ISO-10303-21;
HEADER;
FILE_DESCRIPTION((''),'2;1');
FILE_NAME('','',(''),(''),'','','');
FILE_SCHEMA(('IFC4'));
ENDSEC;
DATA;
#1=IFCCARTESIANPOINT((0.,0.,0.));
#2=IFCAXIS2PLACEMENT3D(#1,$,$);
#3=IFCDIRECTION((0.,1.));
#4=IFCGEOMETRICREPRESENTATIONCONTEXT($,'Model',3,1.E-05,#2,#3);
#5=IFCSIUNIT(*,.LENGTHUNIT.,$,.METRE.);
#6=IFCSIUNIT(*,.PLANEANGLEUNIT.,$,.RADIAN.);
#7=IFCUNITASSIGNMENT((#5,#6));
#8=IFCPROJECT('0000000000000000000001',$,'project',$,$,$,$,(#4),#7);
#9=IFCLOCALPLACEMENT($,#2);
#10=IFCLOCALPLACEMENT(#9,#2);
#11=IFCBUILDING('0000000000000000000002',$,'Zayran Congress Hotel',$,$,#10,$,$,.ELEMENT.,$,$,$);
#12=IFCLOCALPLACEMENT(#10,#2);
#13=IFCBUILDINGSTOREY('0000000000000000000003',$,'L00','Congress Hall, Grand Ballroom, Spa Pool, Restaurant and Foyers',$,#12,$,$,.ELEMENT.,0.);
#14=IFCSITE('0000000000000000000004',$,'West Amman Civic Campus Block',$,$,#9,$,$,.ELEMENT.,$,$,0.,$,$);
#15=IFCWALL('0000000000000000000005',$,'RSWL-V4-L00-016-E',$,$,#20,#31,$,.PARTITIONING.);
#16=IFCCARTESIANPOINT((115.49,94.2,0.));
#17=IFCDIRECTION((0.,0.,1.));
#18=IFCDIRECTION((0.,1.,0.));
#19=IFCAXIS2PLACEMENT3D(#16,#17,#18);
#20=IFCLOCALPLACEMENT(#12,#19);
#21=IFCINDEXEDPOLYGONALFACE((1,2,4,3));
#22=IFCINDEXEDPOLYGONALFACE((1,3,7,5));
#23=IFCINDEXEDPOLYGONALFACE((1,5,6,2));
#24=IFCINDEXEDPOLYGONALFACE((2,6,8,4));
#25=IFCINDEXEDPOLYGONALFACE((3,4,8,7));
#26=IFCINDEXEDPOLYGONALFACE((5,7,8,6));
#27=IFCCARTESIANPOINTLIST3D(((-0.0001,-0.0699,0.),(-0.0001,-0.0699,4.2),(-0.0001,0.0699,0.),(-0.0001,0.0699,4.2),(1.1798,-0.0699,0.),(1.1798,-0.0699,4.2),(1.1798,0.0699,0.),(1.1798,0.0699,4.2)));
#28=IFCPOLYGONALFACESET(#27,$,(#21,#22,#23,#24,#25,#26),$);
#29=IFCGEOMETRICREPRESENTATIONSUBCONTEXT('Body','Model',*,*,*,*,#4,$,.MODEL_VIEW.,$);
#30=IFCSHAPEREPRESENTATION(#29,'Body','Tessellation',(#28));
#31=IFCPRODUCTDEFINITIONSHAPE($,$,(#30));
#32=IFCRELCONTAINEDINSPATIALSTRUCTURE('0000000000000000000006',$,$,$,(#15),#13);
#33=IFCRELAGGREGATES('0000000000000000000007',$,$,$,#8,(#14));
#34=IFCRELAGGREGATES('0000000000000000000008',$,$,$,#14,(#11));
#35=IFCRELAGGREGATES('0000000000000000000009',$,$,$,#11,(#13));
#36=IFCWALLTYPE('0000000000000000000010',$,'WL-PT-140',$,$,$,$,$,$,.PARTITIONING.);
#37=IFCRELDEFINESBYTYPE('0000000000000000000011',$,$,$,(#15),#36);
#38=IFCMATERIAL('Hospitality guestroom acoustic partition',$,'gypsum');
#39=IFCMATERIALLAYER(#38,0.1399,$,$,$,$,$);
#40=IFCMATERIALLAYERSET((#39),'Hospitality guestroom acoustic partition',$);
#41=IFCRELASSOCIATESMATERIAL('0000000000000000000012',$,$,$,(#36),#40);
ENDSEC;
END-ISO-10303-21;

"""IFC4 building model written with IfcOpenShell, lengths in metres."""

from ifc_helpers import new_model, si_unit, direction, frame, frame_2d, origin, place, context, subcontext, project, spatial, rectangle, extrude, material, layer, layer_set, type_object, element, save


model = new_model("IFC4")

# Units and contexts
model_context = context("Model", 3, precision=1e-05, world=origin(), true_north=direction((0.0, 1.0)))
body_context = subcontext(model_context, "Body", "Model", "MODEL_VIEW")
ifc_project = project(units=[si_unit("LENGTHUNIT", "METRE"), si_unit("PLANEANGLEUNIT", "RADIAN")], contexts=[model_context])

# Site, building, storey
site_placement = place(None, origin())
site = spatial("IfcSite", under=ifc_project, at=site_placement, Name="West Amman Civic Campus Block", CompositionType="ELEMENT", RefElevation=0.0)
building_placement = place(site_placement, origin())
building = spatial("IfcBuilding", under=site, at=building_placement, Name="Zayran Congress Hotel", CompositionType="ELEMENT")
storey_placement = place(building_placement, origin())
storey = spatial("IfcBuildingStorey", under=building, at=storey_placement, Name="L00", Description="Congress Hall, Grand Ballroom, Spa Pool, Restaurant and Foyers", CompositionType="ELEMENT", Elevation=0.0)

# Wall
ifc_material_1 = material(Name="Hospitality guestroom acoustic partition", Category="gypsum")
ifc_layer_1 = layer(ifc_material_1, 0.1399)
ifc_layer_set_1 = layer_set([ifc_layer_1], Name="Hospitality guestroom acoustic partition")
wall_type_1 = type_object("IfcWallType", Name="WL-PT-140", PredefinedType="PARTITIONING", material=ifc_layer_set_1)
wall_1_placement = place(storey_placement, frame((115.49, 94.2, 0.0), z_axis=(0.0, 0.0, 1.0), x_axis=(0.0, 1.0, 0.0)))
element("IfcWall", 1, at=wall_1_placement, inside=storey, type_object=wall_type_1, Name="RSWL-V4-L00-016-E", PredefinedType="PARTITIONING", context=body_context, shape_type="SweptSolid", body=[
    extrude(rectangle(XDim=1.1799, YDim=0.1399, at=frame_2d((0.5898, 0.0))), origin(), (0.0, 0.0, 1.0), 4.2),
])

save(model, "model.ifc")
